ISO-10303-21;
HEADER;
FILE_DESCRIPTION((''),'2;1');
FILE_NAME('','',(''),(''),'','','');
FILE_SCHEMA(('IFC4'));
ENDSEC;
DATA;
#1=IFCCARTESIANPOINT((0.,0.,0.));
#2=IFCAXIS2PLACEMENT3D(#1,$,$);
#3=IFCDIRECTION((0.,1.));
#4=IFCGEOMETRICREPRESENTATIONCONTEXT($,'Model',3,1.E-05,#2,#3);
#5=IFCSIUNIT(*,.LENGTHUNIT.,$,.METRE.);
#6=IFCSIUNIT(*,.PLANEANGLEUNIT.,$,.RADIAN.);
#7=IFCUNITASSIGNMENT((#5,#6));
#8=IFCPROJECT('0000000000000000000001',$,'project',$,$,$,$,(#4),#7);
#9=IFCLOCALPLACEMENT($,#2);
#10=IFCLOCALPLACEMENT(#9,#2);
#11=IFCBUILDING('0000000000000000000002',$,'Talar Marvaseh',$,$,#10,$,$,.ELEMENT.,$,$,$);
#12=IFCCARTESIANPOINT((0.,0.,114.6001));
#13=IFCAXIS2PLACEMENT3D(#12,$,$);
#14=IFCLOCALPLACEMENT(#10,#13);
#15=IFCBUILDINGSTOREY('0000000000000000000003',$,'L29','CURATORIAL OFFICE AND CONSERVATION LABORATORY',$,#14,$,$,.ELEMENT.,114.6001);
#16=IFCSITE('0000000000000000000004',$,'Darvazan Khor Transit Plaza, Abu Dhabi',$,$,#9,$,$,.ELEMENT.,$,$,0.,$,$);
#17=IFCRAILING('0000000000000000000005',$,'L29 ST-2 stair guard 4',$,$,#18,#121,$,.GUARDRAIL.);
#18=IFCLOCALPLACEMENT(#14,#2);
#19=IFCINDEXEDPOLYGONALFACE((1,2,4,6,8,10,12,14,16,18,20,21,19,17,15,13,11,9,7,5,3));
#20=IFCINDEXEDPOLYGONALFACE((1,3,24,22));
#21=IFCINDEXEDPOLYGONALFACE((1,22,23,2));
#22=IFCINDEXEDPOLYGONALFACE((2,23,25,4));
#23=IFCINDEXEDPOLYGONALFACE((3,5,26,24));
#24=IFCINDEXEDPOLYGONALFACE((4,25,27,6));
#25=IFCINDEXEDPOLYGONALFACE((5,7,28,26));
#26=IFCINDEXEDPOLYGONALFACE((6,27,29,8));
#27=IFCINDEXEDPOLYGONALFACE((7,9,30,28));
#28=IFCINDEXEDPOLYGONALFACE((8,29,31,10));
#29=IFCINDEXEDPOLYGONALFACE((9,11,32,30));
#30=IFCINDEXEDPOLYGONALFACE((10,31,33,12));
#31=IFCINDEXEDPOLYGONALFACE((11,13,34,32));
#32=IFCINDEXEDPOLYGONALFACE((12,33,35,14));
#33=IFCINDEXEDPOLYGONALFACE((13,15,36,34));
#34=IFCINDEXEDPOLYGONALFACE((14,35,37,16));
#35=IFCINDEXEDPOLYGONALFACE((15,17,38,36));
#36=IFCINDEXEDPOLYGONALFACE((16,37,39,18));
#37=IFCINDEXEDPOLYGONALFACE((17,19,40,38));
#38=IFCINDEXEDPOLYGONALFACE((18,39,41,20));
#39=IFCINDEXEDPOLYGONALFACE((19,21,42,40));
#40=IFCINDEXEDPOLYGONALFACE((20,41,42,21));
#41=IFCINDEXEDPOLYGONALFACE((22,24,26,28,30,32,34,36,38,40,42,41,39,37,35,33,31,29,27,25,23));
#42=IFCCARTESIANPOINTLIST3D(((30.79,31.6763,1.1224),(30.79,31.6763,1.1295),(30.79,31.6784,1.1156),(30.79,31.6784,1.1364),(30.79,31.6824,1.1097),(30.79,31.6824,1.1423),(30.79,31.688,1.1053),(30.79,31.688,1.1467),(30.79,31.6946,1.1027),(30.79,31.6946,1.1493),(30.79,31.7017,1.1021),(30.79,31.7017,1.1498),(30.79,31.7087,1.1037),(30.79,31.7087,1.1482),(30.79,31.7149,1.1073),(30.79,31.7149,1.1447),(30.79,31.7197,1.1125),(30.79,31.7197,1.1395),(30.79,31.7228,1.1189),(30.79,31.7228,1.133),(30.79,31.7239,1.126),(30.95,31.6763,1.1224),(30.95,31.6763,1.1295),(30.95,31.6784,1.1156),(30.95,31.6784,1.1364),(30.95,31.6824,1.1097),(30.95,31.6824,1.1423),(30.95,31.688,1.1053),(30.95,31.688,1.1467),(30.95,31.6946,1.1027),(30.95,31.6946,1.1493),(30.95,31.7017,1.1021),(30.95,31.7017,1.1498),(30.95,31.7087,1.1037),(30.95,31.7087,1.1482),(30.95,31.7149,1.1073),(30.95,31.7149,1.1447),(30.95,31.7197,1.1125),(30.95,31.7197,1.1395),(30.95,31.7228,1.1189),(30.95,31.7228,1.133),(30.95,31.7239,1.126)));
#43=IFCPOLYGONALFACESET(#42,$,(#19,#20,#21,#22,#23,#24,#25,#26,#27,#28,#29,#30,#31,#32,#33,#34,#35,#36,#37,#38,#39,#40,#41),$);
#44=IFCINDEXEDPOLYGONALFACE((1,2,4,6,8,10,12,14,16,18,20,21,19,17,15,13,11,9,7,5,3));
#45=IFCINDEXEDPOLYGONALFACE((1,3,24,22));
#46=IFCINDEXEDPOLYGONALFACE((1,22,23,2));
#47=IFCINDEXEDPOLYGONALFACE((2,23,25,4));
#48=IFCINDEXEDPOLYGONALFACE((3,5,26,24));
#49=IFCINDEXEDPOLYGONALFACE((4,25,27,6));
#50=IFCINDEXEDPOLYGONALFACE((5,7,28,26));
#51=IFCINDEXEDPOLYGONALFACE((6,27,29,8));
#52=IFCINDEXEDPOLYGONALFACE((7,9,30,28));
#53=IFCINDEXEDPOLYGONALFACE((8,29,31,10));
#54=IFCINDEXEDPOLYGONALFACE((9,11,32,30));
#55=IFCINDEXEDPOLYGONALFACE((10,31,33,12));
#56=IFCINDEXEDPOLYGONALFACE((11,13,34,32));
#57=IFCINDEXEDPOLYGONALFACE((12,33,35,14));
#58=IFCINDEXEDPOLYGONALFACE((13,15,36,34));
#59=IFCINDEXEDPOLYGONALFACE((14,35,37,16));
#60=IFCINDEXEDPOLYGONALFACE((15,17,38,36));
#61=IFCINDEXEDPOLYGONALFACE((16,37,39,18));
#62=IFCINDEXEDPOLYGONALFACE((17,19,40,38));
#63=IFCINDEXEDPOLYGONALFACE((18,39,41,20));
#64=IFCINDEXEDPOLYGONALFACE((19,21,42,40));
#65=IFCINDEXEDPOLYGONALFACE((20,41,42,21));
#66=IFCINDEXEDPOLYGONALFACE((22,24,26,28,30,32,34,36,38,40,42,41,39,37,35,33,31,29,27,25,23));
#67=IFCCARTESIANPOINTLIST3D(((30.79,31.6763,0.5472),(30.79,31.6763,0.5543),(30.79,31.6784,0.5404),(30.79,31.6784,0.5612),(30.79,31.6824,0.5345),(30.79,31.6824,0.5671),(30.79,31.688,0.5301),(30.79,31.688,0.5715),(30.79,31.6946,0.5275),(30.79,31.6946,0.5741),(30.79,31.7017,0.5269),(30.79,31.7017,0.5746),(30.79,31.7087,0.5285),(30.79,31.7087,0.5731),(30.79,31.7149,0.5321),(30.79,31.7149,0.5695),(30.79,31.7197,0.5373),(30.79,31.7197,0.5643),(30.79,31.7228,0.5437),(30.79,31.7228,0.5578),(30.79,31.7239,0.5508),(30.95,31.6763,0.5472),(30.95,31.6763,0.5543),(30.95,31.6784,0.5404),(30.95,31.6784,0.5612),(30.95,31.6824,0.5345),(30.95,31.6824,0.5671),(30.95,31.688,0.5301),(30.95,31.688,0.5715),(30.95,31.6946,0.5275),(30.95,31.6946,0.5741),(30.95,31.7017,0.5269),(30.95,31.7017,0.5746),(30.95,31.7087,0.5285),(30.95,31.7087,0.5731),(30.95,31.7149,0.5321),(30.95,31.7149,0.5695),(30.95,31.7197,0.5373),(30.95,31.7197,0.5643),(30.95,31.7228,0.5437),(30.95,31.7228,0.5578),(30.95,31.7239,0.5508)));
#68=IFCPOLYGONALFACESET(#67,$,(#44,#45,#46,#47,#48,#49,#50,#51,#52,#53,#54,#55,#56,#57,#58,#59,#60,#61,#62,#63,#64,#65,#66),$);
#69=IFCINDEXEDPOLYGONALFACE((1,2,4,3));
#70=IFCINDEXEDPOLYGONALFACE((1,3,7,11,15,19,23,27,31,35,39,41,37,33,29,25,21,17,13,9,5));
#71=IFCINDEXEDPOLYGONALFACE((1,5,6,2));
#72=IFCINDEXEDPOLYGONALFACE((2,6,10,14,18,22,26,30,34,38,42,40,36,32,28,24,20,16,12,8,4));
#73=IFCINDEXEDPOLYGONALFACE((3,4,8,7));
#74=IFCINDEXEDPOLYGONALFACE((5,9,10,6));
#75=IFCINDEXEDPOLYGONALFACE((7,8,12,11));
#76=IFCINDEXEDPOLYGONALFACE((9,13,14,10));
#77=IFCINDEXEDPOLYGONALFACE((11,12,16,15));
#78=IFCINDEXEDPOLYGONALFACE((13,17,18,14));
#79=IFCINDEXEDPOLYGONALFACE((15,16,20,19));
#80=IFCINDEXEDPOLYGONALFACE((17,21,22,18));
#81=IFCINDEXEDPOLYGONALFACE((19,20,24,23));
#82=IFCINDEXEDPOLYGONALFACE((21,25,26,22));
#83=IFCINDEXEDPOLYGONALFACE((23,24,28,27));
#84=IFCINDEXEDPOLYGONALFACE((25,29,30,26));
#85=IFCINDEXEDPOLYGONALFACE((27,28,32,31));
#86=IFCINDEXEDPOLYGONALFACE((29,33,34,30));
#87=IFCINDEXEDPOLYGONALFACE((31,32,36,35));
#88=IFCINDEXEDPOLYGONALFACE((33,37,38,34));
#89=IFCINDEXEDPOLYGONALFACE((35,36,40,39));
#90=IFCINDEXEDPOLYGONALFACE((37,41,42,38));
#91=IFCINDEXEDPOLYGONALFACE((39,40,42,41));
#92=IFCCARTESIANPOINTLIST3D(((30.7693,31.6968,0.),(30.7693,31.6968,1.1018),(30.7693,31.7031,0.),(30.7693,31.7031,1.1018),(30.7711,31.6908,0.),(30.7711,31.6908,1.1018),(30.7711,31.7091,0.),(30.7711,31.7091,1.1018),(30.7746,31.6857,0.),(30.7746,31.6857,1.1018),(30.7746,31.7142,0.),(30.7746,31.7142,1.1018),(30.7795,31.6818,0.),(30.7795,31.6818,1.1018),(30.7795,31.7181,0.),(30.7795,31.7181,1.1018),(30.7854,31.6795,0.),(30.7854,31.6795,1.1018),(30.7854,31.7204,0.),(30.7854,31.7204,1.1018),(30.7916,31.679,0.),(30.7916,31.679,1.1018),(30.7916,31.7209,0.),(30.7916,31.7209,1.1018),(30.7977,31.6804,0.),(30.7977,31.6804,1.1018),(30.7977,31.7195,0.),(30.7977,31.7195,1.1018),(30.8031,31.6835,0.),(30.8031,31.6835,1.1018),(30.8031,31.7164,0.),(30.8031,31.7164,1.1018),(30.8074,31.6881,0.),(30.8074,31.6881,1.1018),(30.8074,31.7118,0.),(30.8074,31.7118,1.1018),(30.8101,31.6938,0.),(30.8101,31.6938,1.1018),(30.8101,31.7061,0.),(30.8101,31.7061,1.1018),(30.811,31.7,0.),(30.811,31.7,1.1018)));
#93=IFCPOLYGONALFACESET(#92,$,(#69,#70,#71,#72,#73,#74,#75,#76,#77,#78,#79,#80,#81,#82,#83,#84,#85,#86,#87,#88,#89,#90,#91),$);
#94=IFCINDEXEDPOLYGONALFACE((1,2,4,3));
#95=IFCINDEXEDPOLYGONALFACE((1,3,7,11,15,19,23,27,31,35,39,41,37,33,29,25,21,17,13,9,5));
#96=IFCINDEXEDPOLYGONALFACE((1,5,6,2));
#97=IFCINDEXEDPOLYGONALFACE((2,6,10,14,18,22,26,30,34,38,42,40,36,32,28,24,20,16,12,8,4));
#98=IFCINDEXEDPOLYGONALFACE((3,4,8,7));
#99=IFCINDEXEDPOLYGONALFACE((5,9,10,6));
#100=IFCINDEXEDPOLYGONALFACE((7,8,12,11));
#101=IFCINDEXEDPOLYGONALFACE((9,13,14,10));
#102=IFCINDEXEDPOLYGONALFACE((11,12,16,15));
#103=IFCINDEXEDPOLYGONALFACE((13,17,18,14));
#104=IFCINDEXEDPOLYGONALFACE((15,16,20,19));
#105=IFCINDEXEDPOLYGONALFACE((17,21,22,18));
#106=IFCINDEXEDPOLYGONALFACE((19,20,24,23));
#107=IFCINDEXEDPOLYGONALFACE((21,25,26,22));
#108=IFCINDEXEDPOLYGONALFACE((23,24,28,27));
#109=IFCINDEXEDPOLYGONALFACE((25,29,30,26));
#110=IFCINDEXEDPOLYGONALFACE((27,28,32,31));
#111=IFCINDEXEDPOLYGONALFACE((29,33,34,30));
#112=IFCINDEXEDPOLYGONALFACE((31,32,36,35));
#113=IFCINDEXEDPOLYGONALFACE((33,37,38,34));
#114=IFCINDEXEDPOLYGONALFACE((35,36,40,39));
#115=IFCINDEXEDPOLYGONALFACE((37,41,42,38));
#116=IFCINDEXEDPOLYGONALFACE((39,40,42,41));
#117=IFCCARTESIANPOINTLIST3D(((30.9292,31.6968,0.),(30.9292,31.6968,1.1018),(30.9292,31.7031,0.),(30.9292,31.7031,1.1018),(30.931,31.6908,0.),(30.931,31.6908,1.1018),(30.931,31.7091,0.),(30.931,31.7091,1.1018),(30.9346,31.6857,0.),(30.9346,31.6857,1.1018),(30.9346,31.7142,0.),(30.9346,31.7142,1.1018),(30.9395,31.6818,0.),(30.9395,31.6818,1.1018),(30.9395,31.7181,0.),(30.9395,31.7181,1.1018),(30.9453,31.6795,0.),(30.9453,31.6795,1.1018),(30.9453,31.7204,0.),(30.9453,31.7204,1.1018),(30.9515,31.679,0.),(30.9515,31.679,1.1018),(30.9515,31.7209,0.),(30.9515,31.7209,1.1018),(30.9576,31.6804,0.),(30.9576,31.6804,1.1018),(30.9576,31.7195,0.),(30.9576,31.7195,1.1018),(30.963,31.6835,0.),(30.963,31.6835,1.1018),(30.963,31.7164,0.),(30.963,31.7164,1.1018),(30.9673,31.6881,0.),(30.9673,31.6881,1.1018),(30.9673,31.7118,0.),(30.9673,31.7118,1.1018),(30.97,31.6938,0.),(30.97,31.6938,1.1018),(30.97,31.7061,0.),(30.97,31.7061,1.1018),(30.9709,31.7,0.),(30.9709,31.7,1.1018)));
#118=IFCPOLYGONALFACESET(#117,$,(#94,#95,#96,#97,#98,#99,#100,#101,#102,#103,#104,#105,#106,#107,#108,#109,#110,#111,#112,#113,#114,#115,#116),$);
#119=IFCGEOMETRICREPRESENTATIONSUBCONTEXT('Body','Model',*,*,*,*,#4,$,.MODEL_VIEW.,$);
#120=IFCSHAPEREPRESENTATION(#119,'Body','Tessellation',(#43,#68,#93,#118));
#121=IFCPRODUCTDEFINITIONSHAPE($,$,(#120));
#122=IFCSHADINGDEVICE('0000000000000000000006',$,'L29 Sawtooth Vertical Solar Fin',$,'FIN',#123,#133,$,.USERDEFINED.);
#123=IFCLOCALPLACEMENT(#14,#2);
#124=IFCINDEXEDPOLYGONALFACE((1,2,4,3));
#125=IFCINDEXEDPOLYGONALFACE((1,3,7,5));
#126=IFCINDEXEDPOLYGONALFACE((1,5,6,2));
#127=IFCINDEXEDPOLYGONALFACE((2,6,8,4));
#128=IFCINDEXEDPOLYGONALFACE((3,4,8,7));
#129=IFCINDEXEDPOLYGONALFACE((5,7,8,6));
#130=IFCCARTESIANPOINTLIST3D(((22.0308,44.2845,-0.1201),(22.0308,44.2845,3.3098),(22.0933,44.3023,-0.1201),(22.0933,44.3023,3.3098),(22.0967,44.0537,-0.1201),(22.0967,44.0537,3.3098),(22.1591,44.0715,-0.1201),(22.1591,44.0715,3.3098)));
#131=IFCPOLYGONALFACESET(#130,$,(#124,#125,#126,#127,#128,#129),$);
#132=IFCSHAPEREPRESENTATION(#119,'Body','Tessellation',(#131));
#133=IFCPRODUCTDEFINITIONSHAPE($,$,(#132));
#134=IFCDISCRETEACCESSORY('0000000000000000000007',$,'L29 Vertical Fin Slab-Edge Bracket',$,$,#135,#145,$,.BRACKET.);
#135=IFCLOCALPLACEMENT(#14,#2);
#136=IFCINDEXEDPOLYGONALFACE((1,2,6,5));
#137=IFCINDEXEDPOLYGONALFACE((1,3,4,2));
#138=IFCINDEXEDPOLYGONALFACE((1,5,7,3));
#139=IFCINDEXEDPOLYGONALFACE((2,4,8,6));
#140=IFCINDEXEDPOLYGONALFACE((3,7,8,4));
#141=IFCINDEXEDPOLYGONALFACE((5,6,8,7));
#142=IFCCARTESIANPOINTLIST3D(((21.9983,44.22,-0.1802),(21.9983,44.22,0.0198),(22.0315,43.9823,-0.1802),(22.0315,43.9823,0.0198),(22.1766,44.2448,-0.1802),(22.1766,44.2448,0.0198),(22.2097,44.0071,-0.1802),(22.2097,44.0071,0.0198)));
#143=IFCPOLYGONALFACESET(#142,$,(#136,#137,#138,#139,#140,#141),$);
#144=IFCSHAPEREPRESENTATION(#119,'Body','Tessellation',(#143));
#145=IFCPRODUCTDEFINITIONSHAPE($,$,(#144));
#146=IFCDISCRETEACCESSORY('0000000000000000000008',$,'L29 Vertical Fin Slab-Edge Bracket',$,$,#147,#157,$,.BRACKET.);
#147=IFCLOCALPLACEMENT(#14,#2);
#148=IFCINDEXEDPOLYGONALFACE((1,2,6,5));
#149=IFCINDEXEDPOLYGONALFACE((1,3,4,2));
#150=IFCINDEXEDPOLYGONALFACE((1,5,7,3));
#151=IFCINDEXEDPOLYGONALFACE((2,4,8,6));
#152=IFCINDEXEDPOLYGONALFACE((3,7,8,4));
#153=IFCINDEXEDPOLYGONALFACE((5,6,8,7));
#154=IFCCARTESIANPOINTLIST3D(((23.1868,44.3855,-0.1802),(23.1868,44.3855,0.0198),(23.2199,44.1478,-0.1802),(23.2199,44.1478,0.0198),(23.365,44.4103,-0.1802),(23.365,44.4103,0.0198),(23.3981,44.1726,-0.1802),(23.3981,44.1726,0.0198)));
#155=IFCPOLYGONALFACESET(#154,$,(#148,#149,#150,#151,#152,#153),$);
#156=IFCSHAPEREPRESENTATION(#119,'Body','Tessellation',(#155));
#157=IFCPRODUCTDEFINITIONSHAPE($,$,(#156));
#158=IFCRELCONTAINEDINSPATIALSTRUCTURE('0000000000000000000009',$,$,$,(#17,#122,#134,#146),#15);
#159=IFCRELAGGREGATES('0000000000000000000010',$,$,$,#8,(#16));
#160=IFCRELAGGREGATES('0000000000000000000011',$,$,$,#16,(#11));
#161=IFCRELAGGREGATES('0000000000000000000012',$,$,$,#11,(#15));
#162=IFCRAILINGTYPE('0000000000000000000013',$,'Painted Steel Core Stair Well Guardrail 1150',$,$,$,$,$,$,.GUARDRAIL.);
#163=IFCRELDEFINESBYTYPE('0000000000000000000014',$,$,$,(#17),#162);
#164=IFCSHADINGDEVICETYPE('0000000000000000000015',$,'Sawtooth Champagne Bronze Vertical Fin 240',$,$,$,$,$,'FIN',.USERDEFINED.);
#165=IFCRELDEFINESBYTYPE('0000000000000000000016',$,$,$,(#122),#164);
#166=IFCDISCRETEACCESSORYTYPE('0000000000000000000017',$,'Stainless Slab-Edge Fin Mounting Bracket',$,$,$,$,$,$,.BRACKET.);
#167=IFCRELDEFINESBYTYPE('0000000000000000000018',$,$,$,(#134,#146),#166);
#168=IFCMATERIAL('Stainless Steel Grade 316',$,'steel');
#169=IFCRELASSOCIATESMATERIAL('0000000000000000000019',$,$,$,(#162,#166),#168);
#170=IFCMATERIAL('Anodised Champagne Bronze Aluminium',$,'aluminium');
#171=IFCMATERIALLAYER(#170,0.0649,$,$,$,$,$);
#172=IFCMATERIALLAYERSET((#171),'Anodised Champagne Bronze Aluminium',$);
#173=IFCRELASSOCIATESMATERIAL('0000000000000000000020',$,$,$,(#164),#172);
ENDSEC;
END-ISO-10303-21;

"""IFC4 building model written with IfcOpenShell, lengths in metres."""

from ifc_helpers import new_model, si_unit, direction, frame, origin, origin_2d, place, context, subcontext, project, spatial, rectangle, circle, extrude, source, transform, mapped, material, layer, layer_set, type_object, type_shapes, element, save


model = new_model("IFC4")

# Units and contexts
model_context = context("Model", 3, precision=1e-05, world=origin(), true_north=direction((0.0, 1.0)))
body_context = subcontext(model_context, "Body", "Model", "MODEL_VIEW")
ifc_project = project(units=[si_unit("LENGTHUNIT", "METRE"), si_unit("PLANEANGLEUNIT", "RADIAN")], contexts=[model_context])

# Site, building, storey
site_placement = place(None, origin())
site = spatial("IfcSite", under=ifc_project, at=site_placement, Name="Darvazan Khor Transit Plaza, Abu Dhabi", CompositionType="ELEMENT", RefElevation=0.0)
building_placement = place(site_placement, origin())
building = spatial("IfcBuilding", under=site, at=building_placement, Name="Talar Marvaseh", CompositionType="ELEMENT")
storey_placement = place(building_placement, frame((0.0, 0.0, 114.6001)))
storey = spatial("IfcBuildingStorey", under=building, at=storey_placement, Name="L29", Description="CURATORIAL OFFICE AND CONSERVATION LABORATORY", CompositionType="ELEMENT", Elevation=114.6001)

# Shared definitions
ifc_material_1 = material(Name="Stainless Steel Grade 316", Category="steel")

# Railing
railing_type_1 = type_object("IfcRailingType", Name="Painted Steel Core Stair Well Guardrail 1150", PredefinedType="GUARDRAIL", material=ifc_material_1)
railing_1_placement = place(storey_placement, frame((30.79, 31.7, 0.0)))
element("IfcRailing", 1, at=railing_1_placement, inside=storey, type_object=railing_type_1, Name="L29 ST-2 stair guard 4", PredefinedType="GUARDRAIL", context=body_context, shape_type="SweptSolid", body=[
    extrude(circle(Radius=0.0239, at=origin_2d()), frame((0.0, 0.0, 1.126), z_axis=(1.0, 0.0, 0.0), x_axis=(0.0, 1.0, 0.0)), (0.0, 0.0, 1.0), 0.1599),
    extrude(circle(Radius=0.0239, at=origin_2d()), frame((0.0, 0.0, 0.5508), z_axis=(1.0, 0.0, 0.0), x_axis=(0.0, 1.0, 0.0)), (0.0, 0.0, 1.0), 0.1599),
    extrude(circle(Radius=0.021, at=origin_2d()), origin(), (0.0, 0.0, 1.0), 1.1018),
    extrude(circle(Radius=0.021, at=origin_2d()), frame((0.1599, 0.0, 0.0)), (0.0, 0.0, 1.0), 1.1018),
])

# Shading device
ifc_material_2 = material(Name="Anodised Champagne Bronze Aluminium", Category="aluminium")
ifc_layer_1 = layer(ifc_material_2, 0.0649)
ifc_layer_set_1 = layer_set([ifc_layer_1], Name="Anodised Champagne Bronze Aluminium")
shading_device_type = type_object("IfcShadingDeviceType", Name="Sawtooth Champagne Bronze Vertical Fin 240", ElementType="FIN", PredefinedType="USERDEFINED", material=ifc_layer_set_1)
shared_shape_1 = source(origin(), body_context, "Body", "SweptSolid", [
    extrude(rectangle(XDim=0.24, YDim=0.0649, at=origin_2d()), origin(), (0.0, 0.0, 1.0), 3.4299),
])
type_shapes(shading_device_type, [shared_shape_1])
shading_device_placement = place(storey_placement, frame((22.095, 44.178, -0.1201), z_axis=(0.0, 0.0, 1.0), x_axis=(-0.274463, 0.961598, 0.0)))
element("IfcShadingDevice", 2, at=shading_device_placement, inside=storey, type_object=shading_device_type, Name="L29 Sawtooth Vertical Solar Fin", ObjectType="FIN", PredefinedType="USERDEFINED", context=body_context, shape_type="MappedRepresentation", body=[
    mapped(shared_shape_1, transform((0.0, 0.0, 0.0), x_axis=(1.0, 0.0, 0.0), y_axis=(0.0, 1.0, 0.0), z_axis=(0.0, 0.0, 1.0), scale=1.0)),
])

# Discrete accessories
discrete_accessory_type = type_object("IfcDiscreteAccessoryType", Name="Stainless Slab-Edge Fin Mounting Bracket", PredefinedType="BRACKET", material=ifc_material_1)
shared_shape_2 = source(origin(), body_context, "Body", "SweptSolid", [
    extrude(rectangle(XDim=0.24, YDim=0.1799, at=origin_2d()), origin(), (0.0, 0.0, 1.0), 0.2),
])
type_shapes(discrete_accessory_type, [shared_shape_2])
for number, where, z_axis, x_axis, name in (
    (3, (22.104, 44.1135, -0.1802), (0.0, 0.0, 1.0), (-0.137963, 0.990437, 0.0), "L29 Vertical Fin Slab-Edge Bracket"),
    (4, (23.2925, 44.2791, -0.1802), (0.0, 0.0, 1.0), (-0.137963, 0.990437, 0.0), "L29 Vertical Fin Slab-Edge Bracket"),
):
    element("IfcDiscreteAccessory", number, at=place(storey_placement, frame(where, z_axis=z_axis, x_axis=x_axis)), inside=storey, type_object=discrete_accessory_type, Name=name, PredefinedType="BRACKET", context=body_context, shape_type="MappedRepresentation", body=[
        mapped(shared_shape_2, transform((0.0, 0.0, 0.0), x_axis=(1.0, 0.0, 0.0), y_axis=(0.0, 1.0, 0.0), z_axis=(0.0, 0.0, 1.0), scale=1.0)),
    ])

save(model, "model.ifc")
